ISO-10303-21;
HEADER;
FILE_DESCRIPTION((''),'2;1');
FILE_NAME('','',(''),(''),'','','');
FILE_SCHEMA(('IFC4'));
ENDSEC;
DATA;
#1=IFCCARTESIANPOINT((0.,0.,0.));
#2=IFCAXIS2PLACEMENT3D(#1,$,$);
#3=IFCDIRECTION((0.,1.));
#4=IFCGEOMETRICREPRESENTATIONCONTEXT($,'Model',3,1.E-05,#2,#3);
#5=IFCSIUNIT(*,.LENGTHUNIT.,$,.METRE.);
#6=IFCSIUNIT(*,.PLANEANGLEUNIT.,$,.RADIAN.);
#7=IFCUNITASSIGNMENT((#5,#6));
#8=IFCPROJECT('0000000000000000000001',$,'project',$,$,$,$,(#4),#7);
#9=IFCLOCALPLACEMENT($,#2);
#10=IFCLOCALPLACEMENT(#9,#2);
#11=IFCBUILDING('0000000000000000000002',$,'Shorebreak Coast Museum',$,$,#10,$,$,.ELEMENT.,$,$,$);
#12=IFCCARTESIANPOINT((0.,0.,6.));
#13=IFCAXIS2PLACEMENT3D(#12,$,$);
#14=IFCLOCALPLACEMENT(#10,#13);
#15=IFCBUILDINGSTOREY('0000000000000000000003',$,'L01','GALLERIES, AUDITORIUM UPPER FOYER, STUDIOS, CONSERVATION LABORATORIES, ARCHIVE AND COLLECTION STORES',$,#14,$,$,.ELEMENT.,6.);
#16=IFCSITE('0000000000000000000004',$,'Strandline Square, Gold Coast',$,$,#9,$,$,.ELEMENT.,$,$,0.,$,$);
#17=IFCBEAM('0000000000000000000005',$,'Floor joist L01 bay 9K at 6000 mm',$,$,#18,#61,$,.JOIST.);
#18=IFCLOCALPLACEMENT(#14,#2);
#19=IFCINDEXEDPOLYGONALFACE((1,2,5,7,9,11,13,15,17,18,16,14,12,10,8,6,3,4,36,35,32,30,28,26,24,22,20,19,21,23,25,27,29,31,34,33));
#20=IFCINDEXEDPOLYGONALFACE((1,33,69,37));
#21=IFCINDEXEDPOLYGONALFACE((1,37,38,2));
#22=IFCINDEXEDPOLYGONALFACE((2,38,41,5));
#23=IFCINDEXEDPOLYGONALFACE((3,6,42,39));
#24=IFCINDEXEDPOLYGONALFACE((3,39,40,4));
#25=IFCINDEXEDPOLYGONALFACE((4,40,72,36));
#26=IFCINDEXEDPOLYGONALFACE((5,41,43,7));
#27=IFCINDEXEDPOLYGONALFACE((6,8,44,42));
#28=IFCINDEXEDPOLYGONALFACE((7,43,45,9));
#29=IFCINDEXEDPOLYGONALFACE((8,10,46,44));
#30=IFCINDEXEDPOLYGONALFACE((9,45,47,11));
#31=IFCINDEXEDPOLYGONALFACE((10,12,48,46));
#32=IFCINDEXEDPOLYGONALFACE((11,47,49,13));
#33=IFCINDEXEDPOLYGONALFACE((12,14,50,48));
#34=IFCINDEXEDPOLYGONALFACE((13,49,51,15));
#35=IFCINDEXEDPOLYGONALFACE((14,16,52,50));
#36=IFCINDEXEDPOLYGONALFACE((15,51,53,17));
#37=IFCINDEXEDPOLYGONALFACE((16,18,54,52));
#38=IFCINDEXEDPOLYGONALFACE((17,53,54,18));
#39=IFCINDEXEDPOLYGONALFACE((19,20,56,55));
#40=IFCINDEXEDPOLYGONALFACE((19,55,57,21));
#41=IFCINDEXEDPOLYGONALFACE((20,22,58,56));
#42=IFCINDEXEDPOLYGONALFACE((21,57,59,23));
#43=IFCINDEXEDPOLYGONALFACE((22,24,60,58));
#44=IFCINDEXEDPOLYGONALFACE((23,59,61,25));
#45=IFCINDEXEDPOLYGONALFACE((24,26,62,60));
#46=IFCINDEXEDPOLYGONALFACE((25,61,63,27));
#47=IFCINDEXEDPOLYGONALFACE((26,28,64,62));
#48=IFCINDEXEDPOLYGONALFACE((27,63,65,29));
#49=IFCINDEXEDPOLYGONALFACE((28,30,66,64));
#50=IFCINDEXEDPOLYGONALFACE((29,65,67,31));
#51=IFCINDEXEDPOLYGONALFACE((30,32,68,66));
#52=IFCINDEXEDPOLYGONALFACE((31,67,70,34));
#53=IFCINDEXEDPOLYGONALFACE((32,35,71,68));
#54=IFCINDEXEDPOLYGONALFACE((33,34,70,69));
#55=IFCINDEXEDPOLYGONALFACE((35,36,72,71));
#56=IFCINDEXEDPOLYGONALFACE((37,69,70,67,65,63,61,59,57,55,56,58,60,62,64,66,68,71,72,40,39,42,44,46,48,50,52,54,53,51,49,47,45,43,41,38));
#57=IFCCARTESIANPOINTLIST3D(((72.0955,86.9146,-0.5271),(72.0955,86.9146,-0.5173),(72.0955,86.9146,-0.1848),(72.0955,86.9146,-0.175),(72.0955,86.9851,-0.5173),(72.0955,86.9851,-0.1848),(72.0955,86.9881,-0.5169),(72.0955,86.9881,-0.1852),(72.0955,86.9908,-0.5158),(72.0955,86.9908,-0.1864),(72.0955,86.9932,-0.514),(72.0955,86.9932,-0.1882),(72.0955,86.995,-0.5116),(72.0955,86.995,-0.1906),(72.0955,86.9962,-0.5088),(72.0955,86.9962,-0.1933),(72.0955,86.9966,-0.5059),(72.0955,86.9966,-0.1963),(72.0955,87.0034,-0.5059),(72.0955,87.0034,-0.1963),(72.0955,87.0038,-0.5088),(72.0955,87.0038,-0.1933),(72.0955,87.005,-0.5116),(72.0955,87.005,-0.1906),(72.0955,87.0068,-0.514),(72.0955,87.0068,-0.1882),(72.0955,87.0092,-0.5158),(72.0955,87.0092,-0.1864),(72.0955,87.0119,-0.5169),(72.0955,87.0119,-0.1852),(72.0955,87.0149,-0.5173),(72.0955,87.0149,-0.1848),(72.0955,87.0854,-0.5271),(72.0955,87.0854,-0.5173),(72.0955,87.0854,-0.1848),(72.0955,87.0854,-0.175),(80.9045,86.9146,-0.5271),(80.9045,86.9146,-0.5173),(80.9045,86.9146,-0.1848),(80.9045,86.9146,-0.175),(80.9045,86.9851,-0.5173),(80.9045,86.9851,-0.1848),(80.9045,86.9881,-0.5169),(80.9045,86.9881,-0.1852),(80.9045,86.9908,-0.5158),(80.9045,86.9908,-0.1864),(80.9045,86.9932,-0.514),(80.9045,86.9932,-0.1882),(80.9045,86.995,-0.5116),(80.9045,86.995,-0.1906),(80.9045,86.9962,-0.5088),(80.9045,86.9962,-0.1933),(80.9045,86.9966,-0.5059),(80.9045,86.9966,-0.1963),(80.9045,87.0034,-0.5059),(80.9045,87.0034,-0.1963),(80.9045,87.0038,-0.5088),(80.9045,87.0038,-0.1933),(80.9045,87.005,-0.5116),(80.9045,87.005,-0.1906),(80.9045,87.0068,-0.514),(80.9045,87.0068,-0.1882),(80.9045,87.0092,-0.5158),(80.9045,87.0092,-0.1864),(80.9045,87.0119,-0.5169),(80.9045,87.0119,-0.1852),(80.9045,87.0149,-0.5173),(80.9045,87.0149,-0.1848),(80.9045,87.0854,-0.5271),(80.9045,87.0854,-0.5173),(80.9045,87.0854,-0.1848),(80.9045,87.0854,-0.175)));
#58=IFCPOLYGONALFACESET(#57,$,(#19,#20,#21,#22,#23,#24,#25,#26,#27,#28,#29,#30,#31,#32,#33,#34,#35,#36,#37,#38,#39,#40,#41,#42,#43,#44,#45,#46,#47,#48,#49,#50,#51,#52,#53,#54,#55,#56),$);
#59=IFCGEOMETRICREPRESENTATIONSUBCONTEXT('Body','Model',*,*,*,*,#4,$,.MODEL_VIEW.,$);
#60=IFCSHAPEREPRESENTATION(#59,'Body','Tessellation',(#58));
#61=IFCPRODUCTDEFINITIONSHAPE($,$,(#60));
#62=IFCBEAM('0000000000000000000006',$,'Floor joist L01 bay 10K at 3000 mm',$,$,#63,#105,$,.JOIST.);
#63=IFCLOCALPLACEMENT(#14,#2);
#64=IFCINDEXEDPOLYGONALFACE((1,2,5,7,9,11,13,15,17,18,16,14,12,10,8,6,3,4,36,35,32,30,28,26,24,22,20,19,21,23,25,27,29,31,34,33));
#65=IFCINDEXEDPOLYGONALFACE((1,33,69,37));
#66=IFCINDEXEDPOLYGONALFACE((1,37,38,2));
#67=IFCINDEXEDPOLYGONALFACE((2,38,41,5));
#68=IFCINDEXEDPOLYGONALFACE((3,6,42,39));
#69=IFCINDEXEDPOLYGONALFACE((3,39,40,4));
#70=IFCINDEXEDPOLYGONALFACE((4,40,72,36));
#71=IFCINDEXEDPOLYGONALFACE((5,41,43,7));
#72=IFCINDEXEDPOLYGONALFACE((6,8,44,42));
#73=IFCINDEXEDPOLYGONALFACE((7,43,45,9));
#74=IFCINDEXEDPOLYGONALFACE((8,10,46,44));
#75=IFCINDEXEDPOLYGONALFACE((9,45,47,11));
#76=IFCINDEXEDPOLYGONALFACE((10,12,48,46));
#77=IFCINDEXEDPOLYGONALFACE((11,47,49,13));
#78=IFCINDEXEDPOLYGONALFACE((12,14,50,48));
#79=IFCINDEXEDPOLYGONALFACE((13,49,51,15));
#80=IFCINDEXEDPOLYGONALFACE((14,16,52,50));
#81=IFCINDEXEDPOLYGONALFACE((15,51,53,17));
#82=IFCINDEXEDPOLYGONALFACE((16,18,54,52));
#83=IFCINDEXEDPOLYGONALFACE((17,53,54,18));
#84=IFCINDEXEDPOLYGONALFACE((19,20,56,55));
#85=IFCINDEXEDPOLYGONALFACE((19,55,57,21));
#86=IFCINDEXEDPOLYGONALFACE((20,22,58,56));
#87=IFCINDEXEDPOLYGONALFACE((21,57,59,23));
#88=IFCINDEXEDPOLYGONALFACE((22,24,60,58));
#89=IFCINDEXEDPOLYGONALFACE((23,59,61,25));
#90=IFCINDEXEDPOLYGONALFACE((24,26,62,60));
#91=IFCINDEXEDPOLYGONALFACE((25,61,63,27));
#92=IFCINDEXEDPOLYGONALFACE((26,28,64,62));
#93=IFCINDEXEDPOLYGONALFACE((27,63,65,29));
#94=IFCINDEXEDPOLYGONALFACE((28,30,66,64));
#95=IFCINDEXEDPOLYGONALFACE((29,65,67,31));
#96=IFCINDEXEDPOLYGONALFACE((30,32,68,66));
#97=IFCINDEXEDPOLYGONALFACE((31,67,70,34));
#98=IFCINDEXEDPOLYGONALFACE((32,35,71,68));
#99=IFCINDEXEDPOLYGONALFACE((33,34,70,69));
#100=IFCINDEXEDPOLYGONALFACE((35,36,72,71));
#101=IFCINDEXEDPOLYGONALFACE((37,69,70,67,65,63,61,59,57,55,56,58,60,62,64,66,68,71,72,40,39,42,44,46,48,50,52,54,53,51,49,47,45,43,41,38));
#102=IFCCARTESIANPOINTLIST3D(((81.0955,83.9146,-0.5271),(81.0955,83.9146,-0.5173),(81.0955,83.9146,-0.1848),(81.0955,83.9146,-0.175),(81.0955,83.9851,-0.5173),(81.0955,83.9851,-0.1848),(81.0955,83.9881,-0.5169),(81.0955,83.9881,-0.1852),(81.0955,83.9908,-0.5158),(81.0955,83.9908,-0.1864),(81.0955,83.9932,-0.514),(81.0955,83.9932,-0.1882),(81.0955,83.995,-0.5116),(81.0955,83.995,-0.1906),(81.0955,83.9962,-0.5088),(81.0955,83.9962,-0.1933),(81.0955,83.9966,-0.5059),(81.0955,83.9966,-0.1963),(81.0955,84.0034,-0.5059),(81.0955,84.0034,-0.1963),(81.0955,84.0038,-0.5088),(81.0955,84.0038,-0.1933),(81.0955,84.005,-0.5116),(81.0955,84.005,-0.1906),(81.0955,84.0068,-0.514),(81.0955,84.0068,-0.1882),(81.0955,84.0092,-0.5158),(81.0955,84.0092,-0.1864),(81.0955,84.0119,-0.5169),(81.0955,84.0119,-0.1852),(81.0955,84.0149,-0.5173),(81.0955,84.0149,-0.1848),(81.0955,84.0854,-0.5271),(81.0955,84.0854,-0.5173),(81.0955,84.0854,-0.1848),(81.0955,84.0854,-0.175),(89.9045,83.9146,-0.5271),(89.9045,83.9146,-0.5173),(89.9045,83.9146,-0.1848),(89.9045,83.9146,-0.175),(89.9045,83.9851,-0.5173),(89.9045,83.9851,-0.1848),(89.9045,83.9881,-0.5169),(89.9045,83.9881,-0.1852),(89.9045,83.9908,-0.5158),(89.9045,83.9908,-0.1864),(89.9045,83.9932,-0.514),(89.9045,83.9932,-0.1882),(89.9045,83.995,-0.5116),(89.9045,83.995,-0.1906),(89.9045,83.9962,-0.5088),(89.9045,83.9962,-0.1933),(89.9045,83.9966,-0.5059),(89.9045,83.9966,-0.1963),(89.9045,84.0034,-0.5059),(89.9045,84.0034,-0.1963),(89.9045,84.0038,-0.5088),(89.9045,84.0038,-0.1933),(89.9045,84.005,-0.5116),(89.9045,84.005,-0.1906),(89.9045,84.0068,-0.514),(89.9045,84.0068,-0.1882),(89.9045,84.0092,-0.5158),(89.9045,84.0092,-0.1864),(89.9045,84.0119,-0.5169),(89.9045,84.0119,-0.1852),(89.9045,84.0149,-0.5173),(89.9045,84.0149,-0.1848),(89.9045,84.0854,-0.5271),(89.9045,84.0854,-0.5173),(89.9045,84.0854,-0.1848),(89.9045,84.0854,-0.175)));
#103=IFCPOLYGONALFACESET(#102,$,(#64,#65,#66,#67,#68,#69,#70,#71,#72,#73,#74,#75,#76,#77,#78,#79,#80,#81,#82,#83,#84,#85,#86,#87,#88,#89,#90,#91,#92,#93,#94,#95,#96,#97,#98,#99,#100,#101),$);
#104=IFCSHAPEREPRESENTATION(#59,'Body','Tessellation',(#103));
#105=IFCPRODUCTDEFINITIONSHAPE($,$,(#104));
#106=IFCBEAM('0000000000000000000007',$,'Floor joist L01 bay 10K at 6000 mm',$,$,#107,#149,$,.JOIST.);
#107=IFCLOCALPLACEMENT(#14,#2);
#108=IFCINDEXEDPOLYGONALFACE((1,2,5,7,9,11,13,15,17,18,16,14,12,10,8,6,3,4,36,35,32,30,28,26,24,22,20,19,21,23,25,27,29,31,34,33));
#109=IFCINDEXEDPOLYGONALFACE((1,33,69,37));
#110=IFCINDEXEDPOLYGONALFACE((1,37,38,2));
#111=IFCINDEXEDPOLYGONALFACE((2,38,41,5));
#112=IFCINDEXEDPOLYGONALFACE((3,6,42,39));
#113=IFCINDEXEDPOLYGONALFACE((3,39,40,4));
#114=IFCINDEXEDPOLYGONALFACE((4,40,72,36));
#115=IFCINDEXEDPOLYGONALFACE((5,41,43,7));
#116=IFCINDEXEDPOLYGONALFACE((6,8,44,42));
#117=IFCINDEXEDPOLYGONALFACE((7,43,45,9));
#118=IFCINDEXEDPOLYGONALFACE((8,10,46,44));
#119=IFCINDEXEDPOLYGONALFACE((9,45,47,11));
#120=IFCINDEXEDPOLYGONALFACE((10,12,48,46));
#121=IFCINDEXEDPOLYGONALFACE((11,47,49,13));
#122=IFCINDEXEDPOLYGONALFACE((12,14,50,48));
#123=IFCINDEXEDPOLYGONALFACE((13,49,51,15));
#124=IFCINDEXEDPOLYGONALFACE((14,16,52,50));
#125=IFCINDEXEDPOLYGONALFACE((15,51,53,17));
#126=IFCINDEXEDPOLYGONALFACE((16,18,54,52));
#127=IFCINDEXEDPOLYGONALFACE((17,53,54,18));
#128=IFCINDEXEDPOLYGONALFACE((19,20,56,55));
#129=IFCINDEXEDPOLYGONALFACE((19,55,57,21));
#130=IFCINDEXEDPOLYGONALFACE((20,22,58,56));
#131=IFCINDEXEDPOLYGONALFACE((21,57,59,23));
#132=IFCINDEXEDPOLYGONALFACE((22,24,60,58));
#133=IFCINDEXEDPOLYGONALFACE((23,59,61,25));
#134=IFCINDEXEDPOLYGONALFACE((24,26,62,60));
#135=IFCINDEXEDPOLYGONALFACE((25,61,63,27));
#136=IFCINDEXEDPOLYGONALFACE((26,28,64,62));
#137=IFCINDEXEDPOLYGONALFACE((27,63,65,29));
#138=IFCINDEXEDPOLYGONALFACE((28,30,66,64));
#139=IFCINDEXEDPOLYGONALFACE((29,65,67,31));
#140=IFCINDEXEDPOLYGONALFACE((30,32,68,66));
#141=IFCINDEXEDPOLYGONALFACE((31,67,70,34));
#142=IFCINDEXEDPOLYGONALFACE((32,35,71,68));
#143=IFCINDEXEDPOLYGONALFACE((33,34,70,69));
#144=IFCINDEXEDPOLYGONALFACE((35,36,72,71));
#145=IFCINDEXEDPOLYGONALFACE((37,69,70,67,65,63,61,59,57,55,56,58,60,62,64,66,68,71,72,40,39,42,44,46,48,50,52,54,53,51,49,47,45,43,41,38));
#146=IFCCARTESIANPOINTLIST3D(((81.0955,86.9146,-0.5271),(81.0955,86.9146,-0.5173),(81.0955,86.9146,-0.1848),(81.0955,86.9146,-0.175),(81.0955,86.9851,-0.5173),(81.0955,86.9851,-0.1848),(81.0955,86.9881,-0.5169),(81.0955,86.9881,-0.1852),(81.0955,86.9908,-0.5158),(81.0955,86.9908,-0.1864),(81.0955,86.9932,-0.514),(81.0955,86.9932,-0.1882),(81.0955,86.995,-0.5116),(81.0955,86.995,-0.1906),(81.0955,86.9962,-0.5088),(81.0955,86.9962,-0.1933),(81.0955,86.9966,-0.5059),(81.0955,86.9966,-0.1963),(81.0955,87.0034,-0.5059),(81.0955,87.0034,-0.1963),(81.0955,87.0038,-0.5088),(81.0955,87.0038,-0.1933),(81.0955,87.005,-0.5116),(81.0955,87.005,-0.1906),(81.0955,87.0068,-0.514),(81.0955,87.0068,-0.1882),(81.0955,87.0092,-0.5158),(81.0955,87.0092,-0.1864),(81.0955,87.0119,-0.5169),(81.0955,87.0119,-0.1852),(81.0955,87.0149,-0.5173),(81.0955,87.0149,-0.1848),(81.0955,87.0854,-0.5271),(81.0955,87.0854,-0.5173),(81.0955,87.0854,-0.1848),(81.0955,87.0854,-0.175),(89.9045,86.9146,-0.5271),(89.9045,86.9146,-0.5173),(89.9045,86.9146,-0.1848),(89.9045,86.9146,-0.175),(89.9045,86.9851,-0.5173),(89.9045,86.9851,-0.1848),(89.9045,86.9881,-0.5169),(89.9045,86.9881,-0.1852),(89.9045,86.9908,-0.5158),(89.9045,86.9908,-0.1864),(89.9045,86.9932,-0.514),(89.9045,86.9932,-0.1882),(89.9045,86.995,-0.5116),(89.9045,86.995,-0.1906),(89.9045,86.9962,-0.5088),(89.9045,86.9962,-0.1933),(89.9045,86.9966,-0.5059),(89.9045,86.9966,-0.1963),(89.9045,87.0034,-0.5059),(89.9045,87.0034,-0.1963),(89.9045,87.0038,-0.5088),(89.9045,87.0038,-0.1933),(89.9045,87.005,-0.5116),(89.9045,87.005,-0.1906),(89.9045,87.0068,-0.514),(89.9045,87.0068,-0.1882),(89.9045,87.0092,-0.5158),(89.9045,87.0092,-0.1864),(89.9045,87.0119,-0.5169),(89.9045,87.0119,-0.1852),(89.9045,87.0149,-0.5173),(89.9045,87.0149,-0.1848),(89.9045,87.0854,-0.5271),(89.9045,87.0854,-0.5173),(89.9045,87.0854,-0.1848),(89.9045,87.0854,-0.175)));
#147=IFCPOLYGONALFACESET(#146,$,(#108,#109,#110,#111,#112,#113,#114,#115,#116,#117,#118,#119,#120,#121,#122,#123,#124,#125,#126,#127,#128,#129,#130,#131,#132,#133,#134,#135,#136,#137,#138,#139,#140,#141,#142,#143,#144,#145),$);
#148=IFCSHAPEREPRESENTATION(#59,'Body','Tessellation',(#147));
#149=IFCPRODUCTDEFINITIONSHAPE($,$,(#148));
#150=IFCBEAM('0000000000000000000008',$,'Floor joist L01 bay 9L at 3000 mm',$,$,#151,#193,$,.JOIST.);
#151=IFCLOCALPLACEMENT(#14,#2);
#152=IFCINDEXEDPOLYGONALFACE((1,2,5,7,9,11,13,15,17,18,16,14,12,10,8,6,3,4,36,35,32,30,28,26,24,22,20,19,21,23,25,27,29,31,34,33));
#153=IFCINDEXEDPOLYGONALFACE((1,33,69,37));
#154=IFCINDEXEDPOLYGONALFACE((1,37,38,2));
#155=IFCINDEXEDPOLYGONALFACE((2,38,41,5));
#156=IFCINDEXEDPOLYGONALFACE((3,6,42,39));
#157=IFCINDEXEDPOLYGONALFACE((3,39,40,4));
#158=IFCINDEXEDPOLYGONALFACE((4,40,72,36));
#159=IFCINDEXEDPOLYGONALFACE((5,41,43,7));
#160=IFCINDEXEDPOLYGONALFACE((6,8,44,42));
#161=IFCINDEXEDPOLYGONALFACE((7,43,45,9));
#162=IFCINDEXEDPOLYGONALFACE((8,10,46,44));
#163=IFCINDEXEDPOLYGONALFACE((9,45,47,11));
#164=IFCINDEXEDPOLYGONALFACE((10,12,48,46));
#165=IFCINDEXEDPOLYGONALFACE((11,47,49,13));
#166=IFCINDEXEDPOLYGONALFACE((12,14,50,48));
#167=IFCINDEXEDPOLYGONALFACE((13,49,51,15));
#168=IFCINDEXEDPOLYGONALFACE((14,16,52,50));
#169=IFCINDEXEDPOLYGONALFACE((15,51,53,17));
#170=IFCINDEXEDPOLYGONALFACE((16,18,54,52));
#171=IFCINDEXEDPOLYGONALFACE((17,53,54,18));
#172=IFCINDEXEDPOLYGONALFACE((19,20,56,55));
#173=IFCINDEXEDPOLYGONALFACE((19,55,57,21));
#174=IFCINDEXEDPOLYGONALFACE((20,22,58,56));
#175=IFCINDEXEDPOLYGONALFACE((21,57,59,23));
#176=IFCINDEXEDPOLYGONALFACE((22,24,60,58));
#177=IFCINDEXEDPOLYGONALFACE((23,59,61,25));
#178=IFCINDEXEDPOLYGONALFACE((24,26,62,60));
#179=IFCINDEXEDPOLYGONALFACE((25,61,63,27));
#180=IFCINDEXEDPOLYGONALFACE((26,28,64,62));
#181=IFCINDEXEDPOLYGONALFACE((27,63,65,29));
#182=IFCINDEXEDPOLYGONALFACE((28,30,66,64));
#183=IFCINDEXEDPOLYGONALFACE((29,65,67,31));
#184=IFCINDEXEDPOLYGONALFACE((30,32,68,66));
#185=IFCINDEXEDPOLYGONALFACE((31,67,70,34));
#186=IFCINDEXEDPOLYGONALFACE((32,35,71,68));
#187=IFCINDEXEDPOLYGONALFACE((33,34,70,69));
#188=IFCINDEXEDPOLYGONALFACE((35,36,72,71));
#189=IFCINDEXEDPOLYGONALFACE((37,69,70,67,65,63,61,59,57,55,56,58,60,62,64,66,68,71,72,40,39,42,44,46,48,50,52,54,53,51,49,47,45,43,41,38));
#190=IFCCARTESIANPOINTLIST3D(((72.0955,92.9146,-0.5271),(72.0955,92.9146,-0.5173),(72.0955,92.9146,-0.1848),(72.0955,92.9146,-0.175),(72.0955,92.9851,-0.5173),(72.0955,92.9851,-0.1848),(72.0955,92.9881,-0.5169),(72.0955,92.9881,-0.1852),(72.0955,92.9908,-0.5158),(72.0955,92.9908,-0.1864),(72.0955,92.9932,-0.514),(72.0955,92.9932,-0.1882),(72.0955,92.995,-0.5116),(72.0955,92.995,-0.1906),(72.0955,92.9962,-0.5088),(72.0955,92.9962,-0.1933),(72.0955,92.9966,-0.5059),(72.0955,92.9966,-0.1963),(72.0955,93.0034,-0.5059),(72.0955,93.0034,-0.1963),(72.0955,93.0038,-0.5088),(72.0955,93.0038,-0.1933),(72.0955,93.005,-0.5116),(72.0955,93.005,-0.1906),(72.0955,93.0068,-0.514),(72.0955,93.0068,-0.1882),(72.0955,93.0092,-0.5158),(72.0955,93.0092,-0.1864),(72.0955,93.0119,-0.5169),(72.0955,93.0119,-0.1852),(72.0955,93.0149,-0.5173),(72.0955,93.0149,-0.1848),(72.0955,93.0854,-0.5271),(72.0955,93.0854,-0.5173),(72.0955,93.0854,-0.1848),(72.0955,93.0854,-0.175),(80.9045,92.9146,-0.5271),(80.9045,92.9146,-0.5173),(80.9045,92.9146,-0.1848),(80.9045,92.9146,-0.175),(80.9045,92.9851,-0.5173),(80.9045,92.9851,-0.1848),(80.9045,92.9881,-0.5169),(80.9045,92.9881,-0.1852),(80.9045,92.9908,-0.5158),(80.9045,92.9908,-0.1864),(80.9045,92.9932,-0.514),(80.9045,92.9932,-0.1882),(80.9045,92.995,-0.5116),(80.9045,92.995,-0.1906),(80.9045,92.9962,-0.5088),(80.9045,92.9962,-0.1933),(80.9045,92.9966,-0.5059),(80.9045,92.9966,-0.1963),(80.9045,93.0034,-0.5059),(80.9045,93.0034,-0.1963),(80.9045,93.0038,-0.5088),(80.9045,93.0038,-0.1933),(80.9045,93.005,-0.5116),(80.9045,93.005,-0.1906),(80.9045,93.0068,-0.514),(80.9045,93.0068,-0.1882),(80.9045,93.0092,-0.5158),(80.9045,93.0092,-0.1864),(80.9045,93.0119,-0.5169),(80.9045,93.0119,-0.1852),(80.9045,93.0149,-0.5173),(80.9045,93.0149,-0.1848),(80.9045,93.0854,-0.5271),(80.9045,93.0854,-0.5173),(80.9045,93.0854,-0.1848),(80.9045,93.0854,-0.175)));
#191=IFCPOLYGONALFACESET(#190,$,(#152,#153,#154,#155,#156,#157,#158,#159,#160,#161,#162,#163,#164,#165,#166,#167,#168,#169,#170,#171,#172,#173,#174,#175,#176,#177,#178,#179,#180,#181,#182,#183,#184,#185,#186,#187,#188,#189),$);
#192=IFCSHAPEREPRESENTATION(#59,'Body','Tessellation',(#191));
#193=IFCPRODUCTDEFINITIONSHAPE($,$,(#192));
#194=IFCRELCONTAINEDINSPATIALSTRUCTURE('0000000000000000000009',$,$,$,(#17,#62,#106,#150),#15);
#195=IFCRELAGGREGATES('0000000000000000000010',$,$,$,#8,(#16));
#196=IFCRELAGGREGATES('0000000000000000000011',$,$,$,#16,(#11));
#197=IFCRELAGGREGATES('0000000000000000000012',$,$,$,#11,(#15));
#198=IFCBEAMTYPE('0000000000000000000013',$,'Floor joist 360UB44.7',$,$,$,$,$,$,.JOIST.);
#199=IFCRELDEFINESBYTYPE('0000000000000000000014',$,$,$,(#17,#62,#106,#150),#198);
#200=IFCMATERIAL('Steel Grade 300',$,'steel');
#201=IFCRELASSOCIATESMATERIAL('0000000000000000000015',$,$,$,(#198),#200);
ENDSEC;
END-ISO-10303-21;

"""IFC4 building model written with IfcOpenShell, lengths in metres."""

from ifc_helpers import new_model, si_unit, direction, frame, origin, origin_2d, place, context, subcontext, project, spatial, i_section, extrude, material, material_profile, profile_set, type_object, element, save


model = new_model("IFC4")

# Units and contexts
model_context = context("Model", 3, precision=1e-05, world=origin(), true_north=direction((0.0, 1.0)))
body_context = subcontext(model_context, "Body", "Model", "MODEL_VIEW")
ifc_project = project(units=[si_unit("LENGTHUNIT", "METRE"), si_unit("PLANEANGLEUNIT", "RADIAN")], contexts=[model_context])

# Site, building, storey
site_placement = place(None, origin())
site = spatial("IfcSite", under=ifc_project, at=site_placement, Name="Strandline Square, Gold Coast", CompositionType="ELEMENT", RefElevation=0.0)
building_placement = place(site_placement, origin())
building = spatial("IfcBuilding", under=site, at=building_placement, Name="Shorebreak Coast Museum", CompositionType="ELEMENT")
storey_placement = place(building_placement, frame((0.0, 0.0, 6.0)))
storey = spatial("IfcBuildingStorey", under=building, at=storey_placement, Name="L01", Description="GALLERIES, AUDITORIUM UPPER FOYER, STUDIOS, CONSERVATION LABORATORIES, ARCHIVE AND COLLECTION STORES", CompositionType="ELEMENT", Elevation=6.0)

# Beams
ifc_material_1 = material(Name="Steel Grade 300", Category="steel")
ifc_material_profile_1 = material_profile(ifc_material_1, i_section(OverallWidth=0.1709, OverallDepth=0.3521, WebThickness=0.0068, FlangeThickness=0.0098, FilletRadius=0.0115, at=origin_2d()), Name="360UB44.7")
ifc_profile_set_1 = profile_set([ifc_material_profile_1], Name="Steel Grade 300")
beam_type_1 = type_object("IfcBeamType", Name="Floor joist 360UB44.7", PredefinedType="JOIST", material=ifc_profile_set_1)
for number, where, z_axis, x_axis, name in (
    (1, (72.0955, 87.0, -0.3511), (1.0, 0.0, 0.0), (0.0, 1.0, 0.0), "Floor joist L01 bay 9K at 6000 mm"),
    (2, (81.0955, 84.0, -0.3511), (1.0, 0.0, 0.0), (0.0, 1.0, 0.0), "Floor joist L01 bay 10K at 3000 mm"),
    (3, (81.0955, 87.0, -0.3511), (1.0, 0.0, 0.0), (0.0, 1.0, 0.0), "Floor joist L01 bay 10K at 6000 mm"),
    (4, (72.0955, 93.0, -0.3511), (1.0, 0.0, 0.0), (0.0, 1.0, 0.0), "Floor joist L01 bay 9L at 3000 mm"),
):
    element("IfcBeam", number, at=place(storey_placement, frame(where, z_axis=z_axis, x_axis=x_axis)), inside=storey, type_object=beam_type_1, Name=name, PredefinedType="JOIST", context=body_context, shape_type="SweptSolid", body=[
        extrude(i_section(OverallWidth=0.1709, OverallDepth=0.3521, WebThickness=0.0068, FlangeThickness=0.0098, FilletRadius=0.0115, at=origin_2d()), origin(), (0.0, 0.0, 1.0), 8.8091),
    ])

save(model, "model.ifc")
